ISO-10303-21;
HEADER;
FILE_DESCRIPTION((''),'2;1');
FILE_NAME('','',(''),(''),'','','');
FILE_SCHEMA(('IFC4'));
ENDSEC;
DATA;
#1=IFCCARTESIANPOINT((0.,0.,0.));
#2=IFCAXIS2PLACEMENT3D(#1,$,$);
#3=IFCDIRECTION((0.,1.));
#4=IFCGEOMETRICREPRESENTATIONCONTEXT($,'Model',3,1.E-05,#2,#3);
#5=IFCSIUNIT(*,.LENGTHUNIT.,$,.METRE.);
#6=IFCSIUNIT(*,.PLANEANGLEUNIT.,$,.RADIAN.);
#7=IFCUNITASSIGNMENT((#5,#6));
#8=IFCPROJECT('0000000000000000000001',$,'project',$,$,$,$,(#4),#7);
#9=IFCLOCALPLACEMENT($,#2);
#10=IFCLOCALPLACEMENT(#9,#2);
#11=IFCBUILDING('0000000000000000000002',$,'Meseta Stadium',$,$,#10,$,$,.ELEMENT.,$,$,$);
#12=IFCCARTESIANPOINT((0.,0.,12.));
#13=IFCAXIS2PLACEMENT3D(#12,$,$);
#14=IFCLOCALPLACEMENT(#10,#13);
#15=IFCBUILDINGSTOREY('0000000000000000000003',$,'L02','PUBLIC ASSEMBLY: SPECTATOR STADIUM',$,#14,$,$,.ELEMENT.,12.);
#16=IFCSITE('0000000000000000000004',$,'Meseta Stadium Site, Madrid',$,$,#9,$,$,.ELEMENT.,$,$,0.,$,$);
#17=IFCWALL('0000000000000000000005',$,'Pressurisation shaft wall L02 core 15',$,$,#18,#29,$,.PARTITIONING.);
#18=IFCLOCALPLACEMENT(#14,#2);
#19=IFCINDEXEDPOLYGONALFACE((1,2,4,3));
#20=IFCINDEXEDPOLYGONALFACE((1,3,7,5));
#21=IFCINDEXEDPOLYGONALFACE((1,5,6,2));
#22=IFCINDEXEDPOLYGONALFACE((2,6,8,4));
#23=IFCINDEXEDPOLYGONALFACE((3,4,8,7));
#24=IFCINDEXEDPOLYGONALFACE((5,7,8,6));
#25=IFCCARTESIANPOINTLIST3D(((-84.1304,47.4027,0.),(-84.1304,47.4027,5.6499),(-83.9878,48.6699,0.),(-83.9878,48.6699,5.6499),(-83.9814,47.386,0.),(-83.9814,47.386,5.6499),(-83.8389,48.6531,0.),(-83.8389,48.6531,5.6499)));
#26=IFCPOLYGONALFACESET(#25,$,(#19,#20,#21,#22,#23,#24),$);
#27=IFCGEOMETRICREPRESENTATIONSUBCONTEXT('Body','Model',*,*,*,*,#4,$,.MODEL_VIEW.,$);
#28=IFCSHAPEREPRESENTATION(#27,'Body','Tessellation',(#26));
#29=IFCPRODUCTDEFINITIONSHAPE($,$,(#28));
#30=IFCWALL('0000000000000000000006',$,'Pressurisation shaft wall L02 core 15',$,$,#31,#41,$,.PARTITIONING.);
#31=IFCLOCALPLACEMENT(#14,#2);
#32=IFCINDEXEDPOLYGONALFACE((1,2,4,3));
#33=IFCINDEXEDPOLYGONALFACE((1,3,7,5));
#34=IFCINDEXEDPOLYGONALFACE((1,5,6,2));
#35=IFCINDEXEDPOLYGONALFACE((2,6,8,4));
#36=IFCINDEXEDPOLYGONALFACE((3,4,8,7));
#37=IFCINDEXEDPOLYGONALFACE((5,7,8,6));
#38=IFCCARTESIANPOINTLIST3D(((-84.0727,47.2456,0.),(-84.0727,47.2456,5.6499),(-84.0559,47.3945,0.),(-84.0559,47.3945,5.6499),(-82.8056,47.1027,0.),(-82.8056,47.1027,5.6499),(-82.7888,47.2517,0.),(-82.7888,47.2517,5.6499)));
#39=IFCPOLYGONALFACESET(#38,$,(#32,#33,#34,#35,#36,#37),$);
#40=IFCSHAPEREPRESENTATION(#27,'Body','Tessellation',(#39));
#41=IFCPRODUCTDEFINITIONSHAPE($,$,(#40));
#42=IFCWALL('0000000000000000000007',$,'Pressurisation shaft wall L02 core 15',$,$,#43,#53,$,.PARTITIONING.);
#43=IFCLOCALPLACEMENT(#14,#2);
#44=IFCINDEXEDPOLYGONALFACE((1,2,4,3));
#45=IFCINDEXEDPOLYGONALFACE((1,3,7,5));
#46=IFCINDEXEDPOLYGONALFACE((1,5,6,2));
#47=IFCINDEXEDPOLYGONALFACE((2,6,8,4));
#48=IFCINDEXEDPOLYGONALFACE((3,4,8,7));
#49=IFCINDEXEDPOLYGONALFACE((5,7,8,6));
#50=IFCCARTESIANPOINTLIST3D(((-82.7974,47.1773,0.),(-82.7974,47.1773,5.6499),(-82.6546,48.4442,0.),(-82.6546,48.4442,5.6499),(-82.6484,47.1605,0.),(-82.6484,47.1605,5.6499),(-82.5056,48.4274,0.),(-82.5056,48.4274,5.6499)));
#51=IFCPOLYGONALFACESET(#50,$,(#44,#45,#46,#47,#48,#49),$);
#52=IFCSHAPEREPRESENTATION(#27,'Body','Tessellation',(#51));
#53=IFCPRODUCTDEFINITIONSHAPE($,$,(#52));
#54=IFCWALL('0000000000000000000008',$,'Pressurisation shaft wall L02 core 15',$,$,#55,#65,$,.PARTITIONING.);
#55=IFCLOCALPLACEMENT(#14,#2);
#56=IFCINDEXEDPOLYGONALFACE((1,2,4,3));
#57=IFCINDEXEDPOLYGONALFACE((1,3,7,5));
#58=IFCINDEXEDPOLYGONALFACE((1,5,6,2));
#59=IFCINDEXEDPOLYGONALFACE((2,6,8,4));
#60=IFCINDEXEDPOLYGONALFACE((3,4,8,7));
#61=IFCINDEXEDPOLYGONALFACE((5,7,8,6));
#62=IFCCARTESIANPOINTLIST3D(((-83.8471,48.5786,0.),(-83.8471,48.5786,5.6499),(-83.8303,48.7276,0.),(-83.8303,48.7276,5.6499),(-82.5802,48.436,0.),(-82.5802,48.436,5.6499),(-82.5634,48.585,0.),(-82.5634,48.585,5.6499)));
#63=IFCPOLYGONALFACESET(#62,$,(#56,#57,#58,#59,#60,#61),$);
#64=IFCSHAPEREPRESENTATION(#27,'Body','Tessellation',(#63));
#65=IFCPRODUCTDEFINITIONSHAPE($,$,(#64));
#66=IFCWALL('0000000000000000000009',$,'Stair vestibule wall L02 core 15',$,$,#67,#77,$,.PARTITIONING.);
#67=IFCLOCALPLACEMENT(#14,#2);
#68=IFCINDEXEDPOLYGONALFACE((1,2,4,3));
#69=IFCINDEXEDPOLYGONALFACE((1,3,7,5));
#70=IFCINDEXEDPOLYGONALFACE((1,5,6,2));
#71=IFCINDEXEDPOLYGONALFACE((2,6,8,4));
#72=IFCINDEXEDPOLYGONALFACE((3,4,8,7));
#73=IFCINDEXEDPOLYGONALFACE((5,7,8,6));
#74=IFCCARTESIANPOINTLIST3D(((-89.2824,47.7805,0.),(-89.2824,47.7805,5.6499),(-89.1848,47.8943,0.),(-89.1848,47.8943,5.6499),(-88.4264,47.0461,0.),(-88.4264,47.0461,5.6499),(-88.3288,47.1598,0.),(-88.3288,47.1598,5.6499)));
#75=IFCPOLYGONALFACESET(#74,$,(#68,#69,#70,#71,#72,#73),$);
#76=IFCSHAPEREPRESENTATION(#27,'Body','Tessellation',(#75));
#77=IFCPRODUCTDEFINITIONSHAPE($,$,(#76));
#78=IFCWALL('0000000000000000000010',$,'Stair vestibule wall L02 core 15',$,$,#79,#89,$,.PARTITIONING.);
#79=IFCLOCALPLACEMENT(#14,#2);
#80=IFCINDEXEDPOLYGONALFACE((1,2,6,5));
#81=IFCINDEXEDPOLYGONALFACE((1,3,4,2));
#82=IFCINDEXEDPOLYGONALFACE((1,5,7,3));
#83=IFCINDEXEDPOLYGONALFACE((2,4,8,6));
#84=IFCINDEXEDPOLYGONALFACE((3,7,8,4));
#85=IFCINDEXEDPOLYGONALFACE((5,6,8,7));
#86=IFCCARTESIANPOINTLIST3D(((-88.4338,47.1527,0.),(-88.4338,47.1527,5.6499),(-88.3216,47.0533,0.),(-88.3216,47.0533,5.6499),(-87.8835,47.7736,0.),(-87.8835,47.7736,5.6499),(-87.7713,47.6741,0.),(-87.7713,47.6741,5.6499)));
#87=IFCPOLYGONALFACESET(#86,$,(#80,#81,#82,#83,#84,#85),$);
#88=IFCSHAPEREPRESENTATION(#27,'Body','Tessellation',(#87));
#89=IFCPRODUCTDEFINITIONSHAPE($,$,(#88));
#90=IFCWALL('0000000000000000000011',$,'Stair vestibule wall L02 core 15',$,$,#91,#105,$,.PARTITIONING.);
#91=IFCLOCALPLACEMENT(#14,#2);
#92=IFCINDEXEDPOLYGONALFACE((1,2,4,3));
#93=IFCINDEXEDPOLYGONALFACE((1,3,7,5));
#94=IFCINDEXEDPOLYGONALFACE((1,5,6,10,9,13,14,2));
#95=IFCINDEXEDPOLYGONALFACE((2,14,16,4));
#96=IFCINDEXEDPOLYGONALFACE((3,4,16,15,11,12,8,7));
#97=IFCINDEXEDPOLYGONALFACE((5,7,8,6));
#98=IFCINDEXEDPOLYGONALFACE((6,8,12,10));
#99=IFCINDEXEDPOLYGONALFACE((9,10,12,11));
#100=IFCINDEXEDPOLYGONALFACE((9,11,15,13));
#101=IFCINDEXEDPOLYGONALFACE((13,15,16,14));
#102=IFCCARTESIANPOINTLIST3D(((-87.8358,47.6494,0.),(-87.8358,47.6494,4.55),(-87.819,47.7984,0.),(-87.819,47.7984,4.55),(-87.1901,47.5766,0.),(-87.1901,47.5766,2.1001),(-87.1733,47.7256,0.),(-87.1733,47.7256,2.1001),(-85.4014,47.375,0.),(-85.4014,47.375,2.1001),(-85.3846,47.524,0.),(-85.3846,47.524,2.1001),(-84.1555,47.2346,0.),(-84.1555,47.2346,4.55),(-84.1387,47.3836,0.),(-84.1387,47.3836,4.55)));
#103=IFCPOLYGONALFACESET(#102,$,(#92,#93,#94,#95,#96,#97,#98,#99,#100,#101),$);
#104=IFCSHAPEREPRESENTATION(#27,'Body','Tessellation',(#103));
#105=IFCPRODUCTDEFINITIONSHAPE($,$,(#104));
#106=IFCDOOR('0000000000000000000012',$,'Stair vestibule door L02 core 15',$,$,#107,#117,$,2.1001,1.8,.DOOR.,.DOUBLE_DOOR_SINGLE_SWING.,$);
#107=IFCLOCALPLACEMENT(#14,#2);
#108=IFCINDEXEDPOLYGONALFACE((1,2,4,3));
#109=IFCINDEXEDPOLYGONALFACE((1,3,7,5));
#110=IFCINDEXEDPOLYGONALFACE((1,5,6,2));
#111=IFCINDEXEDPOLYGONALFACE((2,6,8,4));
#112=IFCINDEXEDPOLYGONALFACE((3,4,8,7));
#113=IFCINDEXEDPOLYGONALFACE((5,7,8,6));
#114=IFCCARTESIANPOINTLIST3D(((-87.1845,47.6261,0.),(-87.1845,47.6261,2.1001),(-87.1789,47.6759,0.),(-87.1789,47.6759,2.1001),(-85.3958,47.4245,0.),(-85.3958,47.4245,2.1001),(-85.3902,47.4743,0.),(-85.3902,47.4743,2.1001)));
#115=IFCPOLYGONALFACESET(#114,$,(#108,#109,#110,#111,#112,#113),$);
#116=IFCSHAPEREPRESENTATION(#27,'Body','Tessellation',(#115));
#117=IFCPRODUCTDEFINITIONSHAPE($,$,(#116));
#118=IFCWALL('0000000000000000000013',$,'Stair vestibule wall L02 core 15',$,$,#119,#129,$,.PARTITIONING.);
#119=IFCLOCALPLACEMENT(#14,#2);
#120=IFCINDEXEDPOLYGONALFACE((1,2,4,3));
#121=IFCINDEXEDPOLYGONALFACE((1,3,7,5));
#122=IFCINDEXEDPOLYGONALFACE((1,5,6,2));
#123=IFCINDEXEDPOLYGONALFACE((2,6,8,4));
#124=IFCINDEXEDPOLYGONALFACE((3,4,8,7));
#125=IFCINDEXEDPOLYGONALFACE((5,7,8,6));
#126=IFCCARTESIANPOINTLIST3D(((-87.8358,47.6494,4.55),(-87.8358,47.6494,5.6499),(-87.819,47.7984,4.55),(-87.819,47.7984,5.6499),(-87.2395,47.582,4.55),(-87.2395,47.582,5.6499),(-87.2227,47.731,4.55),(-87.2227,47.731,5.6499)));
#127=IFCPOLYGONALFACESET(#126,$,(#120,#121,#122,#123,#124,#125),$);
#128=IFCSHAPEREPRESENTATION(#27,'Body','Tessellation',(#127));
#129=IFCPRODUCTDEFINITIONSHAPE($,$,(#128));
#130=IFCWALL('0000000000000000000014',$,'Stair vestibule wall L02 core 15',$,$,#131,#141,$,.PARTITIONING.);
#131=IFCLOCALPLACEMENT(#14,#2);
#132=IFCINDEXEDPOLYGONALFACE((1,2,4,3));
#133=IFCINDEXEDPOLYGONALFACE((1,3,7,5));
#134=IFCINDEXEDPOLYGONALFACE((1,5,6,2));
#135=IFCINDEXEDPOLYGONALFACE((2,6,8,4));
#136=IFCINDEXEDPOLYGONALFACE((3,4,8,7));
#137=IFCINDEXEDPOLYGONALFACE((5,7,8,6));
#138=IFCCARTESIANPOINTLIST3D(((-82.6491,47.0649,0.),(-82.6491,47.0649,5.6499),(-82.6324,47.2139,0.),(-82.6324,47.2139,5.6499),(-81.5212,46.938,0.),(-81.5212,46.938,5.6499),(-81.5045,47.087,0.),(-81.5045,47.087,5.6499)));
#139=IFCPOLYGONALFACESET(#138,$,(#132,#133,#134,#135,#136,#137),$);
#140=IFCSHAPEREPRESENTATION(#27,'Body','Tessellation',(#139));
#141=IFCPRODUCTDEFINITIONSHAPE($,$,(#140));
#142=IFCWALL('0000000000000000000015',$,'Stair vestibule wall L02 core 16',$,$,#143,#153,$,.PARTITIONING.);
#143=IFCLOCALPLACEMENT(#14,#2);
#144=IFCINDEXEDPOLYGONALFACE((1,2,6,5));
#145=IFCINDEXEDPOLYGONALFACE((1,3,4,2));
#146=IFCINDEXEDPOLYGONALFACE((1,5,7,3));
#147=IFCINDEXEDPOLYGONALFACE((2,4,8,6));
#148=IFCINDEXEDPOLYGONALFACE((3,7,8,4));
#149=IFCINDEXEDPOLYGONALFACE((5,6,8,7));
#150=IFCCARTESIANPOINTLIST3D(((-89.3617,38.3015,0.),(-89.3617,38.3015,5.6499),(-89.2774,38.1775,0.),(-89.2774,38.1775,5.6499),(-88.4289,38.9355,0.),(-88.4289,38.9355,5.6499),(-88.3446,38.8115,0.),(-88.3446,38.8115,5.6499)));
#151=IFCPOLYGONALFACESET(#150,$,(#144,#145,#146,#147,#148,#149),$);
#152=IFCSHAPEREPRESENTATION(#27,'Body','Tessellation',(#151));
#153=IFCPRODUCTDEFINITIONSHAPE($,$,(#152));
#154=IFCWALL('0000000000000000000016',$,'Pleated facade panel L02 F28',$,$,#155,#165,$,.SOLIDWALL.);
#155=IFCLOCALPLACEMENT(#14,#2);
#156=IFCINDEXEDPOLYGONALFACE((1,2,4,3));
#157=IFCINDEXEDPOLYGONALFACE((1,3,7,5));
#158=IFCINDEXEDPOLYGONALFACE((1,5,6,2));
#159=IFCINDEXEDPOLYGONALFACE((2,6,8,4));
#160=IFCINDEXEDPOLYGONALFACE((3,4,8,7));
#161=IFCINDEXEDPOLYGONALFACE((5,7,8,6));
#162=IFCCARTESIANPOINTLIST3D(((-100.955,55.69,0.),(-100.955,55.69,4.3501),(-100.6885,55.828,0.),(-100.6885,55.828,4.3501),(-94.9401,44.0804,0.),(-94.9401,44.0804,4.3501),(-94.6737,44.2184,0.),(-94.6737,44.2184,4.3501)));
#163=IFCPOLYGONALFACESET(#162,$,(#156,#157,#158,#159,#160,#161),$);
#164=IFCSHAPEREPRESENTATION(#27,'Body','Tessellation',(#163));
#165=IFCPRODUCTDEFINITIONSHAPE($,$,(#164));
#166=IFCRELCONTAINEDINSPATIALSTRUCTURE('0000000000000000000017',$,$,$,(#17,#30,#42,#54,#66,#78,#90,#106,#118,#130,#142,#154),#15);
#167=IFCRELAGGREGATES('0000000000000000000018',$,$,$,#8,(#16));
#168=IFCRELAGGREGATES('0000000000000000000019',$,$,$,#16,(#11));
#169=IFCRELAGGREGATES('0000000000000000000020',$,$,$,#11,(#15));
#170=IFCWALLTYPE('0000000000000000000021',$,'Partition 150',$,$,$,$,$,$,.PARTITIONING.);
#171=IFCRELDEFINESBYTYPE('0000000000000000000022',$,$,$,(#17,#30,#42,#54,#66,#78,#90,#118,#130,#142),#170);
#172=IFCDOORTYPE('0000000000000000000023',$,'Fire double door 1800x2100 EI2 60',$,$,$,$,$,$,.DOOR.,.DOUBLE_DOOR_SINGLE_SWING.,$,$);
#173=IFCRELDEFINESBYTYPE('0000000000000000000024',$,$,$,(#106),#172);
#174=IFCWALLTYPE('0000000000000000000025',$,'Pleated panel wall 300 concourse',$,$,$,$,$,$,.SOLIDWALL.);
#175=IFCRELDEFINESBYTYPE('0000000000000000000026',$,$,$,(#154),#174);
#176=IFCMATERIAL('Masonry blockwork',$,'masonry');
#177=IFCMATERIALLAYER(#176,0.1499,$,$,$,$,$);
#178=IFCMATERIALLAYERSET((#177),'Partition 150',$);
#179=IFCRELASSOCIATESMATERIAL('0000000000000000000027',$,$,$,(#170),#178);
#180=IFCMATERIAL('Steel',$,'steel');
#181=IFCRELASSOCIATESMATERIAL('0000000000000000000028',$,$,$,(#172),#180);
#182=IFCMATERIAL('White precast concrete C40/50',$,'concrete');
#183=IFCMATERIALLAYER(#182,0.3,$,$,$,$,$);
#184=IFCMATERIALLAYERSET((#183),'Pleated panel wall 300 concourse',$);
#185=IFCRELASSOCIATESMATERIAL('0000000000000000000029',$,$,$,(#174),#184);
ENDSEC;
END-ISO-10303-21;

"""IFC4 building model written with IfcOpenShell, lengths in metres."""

from ifc_helpers import new_model, si_unit, direction, frame, frame_2d, origin, place, context, subcontext, project, spatial, rectangle, extrude, material, layer, layer_set, type_object, element, fill, save


model = new_model("IFC4")

# Units and contexts
model_context = context("Model", 3, precision=1e-05, world=origin(), true_north=direction((0.0, 1.0)))
body_context = subcontext(model_context, "Body", "Model", "MODEL_VIEW")
ifc_project = project(units=[si_unit("LENGTHUNIT", "METRE"), si_unit("PLANEANGLEUNIT", "RADIAN")], contexts=[model_context])

# Site, building, storey
site_placement = place(None, origin())
site = spatial("IfcSite", under=ifc_project, at=site_placement, Name="Meseta Stadium Site, Madrid", CompositionType="ELEMENT", RefElevation=0.0)
building_placement = place(site_placement, origin())
building = spatial("IfcBuilding", under=site, at=building_placement, Name="Meseta Stadium", CompositionType="ELEMENT")
storey_placement = place(building_placement, frame((0.0, 0.0, 12.0)))
storey = spatial("IfcBuildingStorey", under=building, at=storey_placement, Name="L02", Description="PUBLIC ASSEMBLY: SPECTATOR STADIUM", CompositionType="ELEMENT", Elevation=12.0)

# Walls
ifc_material_1 = material(Name="Masonry blockwork", Category="masonry")
ifc_layer_1 = layer(ifc_material_1, 0.1499)
ifc_layer_set_1 = layer_set([ifc_layer_1], Name="Partition 150")
wall_type_1 = type_object("IfcWallType", Name="Partition 150", PredefinedType="PARTITIONING", material=ifc_layer_set_1)
for number, where, z_axis, x_axis, name in (
    (1, (-83.9133, 48.6616, 0.0), (0.0, 0.0, 1.0), (-0.111818, -0.993729, 0.0), "Pressurisation shaft wall L02 core 15"),
    (2, (-84.0645, 47.3201, 0.0), (0.0, 0.0, 1.0), (0.993707, -0.112007, 0.0), "Pressurisation shaft wall L02 core 15"),
):
    element("IfcWall", number, at=place(storey_placement, frame(where, z_axis=z_axis, x_axis=x_axis)), inside=storey, type_object=wall_type_1, Name=name, PredefinedType="PARTITIONING", context=body_context, shape_type="SweptSolid", body=[
        extrude(rectangle(XDim=1.2751, YDim=0.1499, at=frame_2d((0.6377, 0.0))), origin(), (0.0, 0.0, 1.0), 5.6499),
    ])
for number, where, z_axis, x_axis, name in (
    (3, (-82.7229, 47.1689, 0.0), (0.0, 0.0, 1.0), (0.112029, 0.993705, 0.0), "Pressurisation shaft wall L02 core 15"),
    (4, (-82.5718, 48.5105, 0.0), (0.0, 0.0, 1.0), (-0.993726, 0.11184, 0.0), "Pressurisation shaft wall L02 core 15"),
):
    element("IfcWall", number, at=place(storey_placement, frame(where, z_axis=z_axis, x_axis=x_axis)), inside=storey, type_object=wall_type_1, Name=name, PredefinedType="PARTITIONING", context=body_context, shape_type="SweptSolid", body=[
        extrude(rectangle(XDim=1.2749, YDim=0.1499, at=frame_2d((0.6375, 0.0))), origin(), (0.0, 0.0, 1.0), 5.6499),
    ])
wall_1_placement = place(storey_placement, frame((-89.2336, 47.8374, 0.0), z_axis=(0.0, 0.0, 1.0), x_axis=(0.758951, -0.651148, 0.0)))
element("IfcWall", 5, at=wall_1_placement, inside=storey, type_object=wall_type_1, Name="Stair vestibule wall L02 core 15", PredefinedType="PARTITIONING", context=body_context, shape_type="SweptSolid", body=[
    extrude(rectangle(XDim=1.1279, YDim=0.1499, at=frame_2d((0.564, 0.0))), origin(), (0.0, 0.0, 1.0), 5.6499),
])
wall_2_placement = place(storey_placement, frame((-88.3777, 47.103, 0.0), z_axis=(0.0, 0.0, 1.0), x_axis=(0.663304, 0.74835, 0.0)))
element("IfcWall", 6, at=wall_2_placement, inside=storey, type_object=wall_type_1, Name="Stair vestibule wall L02 core 15", PredefinedType="PARTITIONING", context=body_context, shape_type="SweptSolid", body=[
    extrude(rectangle(XDim=0.8296, YDim=0.1499, at=frame_2d((0.4148, 0.0))), origin(), (0.0, 0.0, 1.0), 5.6499),
])

# Wall, opening, door
wall_3_placement = place(storey_placement, frame((-87.8274, 47.7239, 0.0), z_axis=(0.0, 0.0, 1.0), x_axis=(0.993709, -0.111994, 0.0)))
wall_3 = element("IfcWall", 7, at=wall_3_placement, inside=storey, type_object=wall_type_1, Name="Stair vestibule wall L02 core 15", PredefinedType="PARTITIONING", context=body_context, shape_type="SweptSolid", body=[
    extrude(rectangle(XDim=3.7036, YDim=0.1499, at=frame_2d((1.8518, 0.0))), origin(), (0.0, 0.0, 1.0), 4.55),
])
opening_1_placement = place(wall_3_placement, frame((0.6499, 0.0, 0.0)))
opening_1 = element("IfcOpeningElement", 8, at=opening_1_placement, cuts=wall_3, PredefinedType="OPENING", context=body_context, shape_type="SweptSolid", body=[
    extrude(rectangle(XDim=1.8, YDim=2.1001, at=frame_2d((0.8999, 1.05))), frame((0.0, 0.085, 0.0), z_axis=(0.0, -1.0, 0.0), x_axis=(1.0, 0.0, 0.0)), (0.0, 0.0, 1.0), 0.1699),
])
ifc_material_2 = material(Name="Steel", Category="steel")
door_type_1 = type_object("IfcDoorType", Name="Fire double door 1800x2100 EI2 60", OperationType="DOUBLE_DOOR_SINGLE_SWING", PredefinedType="DOOR", material=ifc_material_2)
door_1_placement = place(opening_1_placement, origin())
door_1 = element("IfcDoor", 9, at=door_1_placement, inside=storey, type_object=door_type_1, Name="Stair vestibule door L02 core 15", OperationType="DOUBLE_DOOR_SINGLE_SWING", OverallHeight=2.1001, OverallWidth=1.8, PredefinedType="DOOR", context=body_context, shape_type="SweptSolid", body=[
    extrude(rectangle(XDim=1.8, YDim=2.1001, at=frame_2d((0.8999, 1.05))), frame((0.0, 0.0249, 0.0), z_axis=(0.0, -1.0, 0.0), x_axis=(1.0, 0.0, 0.0)), (0.0, 0.0, 1.0), 0.05),
])
fill(opening_1, door_1)

# Walls
wall_4_placement = place(storey_placement, frame((-87.8274, 47.7239, 4.55), z_axis=(0.0, 0.0, 1.0), x_axis=(0.993674, -0.112307, 0.0)))
element("IfcWall", 10, at=wall_4_placement, inside=storey, type_object=wall_type_1, Name="Stair vestibule wall L02 core 15", PredefinedType="PARTITIONING", context=body_context, shape_type="SweptSolid", body=[
    extrude(rectangle(XDim=0.6001, YDim=0.1499, at=frame_2d((0.3, 0.0))), origin(), (0.0, 0.0, 1.0), 1.0999),
])
wall_5_placement = place(storey_placement, frame((-82.6406, 47.1394, 0.0), z_axis=(0.0, 0.0, 1.0), x_axis=(0.993725, -0.111848, 0.0)))
element("IfcWall", 11, at=wall_5_placement, inside=storey, type_object=wall_type_1, Name="Stair vestibule wall L02 core 15", PredefinedType="PARTITIONING", context=body_context, shape_type="SweptSolid", body=[
    extrude(rectangle(XDim=1.135, YDim=0.1499, at=frame_2d((0.5674, 0.0))), origin(), (0.0, 0.0, 1.0), 5.6499),
])
wall_6_placement = place(storey_placement, frame((-88.3867, 38.8735, 0.0), z_axis=(0.0, 0.0, 1.0), x_axis=(-0.827055, -0.562121, 0.0)))
element("IfcWall", 12, at=wall_6_placement, inside=storey, type_object=wall_type_1, Name="Stair vestibule wall L02 core 16", PredefinedType="PARTITIONING", context=body_context, shape_type="SweptSolid", body=[
    extrude(rectangle(XDim=1.1279, YDim=0.1499, at=frame_2d((0.564, 0.0))), origin(), (0.0, 0.0, 1.0), 5.6499),
])
ifc_material_3 = material(Name="White precast concrete C40/50", Category="concrete")
ifc_layer_2 = layer(ifc_material_3, 0.3)
ifc_layer_set_2 = layer_set([ifc_layer_2], Name="Pleated panel wall 300 concourse")
wall_type_2 = type_object("IfcWallType", Name="Pleated panel wall 300 concourse", PredefinedType="SOLIDWALL", material=ifc_layer_set_2)
wall_7_placement = place(storey_placement, frame((-94.8069, 44.1494, 0.0), z_axis=(0.0, 0.0, 1.0), x_axis=(-0.460021, 0.887908, 0.0)))
element("IfcWall", 13, at=wall_7_placement, inside=storey, type_object=wall_type_2, Name="Pleated facade panel L02 F28", PredefinedType="SOLIDWALL", context=body_context, shape_type="SweptSolid", body=[
    extrude(rectangle(XDim=13.0752, YDim=0.3, at=frame_2d((6.5376, 0.0))), origin(), (0.0, 0.0, 1.0), 4.3501),
])

save(model, "model.ifc")
